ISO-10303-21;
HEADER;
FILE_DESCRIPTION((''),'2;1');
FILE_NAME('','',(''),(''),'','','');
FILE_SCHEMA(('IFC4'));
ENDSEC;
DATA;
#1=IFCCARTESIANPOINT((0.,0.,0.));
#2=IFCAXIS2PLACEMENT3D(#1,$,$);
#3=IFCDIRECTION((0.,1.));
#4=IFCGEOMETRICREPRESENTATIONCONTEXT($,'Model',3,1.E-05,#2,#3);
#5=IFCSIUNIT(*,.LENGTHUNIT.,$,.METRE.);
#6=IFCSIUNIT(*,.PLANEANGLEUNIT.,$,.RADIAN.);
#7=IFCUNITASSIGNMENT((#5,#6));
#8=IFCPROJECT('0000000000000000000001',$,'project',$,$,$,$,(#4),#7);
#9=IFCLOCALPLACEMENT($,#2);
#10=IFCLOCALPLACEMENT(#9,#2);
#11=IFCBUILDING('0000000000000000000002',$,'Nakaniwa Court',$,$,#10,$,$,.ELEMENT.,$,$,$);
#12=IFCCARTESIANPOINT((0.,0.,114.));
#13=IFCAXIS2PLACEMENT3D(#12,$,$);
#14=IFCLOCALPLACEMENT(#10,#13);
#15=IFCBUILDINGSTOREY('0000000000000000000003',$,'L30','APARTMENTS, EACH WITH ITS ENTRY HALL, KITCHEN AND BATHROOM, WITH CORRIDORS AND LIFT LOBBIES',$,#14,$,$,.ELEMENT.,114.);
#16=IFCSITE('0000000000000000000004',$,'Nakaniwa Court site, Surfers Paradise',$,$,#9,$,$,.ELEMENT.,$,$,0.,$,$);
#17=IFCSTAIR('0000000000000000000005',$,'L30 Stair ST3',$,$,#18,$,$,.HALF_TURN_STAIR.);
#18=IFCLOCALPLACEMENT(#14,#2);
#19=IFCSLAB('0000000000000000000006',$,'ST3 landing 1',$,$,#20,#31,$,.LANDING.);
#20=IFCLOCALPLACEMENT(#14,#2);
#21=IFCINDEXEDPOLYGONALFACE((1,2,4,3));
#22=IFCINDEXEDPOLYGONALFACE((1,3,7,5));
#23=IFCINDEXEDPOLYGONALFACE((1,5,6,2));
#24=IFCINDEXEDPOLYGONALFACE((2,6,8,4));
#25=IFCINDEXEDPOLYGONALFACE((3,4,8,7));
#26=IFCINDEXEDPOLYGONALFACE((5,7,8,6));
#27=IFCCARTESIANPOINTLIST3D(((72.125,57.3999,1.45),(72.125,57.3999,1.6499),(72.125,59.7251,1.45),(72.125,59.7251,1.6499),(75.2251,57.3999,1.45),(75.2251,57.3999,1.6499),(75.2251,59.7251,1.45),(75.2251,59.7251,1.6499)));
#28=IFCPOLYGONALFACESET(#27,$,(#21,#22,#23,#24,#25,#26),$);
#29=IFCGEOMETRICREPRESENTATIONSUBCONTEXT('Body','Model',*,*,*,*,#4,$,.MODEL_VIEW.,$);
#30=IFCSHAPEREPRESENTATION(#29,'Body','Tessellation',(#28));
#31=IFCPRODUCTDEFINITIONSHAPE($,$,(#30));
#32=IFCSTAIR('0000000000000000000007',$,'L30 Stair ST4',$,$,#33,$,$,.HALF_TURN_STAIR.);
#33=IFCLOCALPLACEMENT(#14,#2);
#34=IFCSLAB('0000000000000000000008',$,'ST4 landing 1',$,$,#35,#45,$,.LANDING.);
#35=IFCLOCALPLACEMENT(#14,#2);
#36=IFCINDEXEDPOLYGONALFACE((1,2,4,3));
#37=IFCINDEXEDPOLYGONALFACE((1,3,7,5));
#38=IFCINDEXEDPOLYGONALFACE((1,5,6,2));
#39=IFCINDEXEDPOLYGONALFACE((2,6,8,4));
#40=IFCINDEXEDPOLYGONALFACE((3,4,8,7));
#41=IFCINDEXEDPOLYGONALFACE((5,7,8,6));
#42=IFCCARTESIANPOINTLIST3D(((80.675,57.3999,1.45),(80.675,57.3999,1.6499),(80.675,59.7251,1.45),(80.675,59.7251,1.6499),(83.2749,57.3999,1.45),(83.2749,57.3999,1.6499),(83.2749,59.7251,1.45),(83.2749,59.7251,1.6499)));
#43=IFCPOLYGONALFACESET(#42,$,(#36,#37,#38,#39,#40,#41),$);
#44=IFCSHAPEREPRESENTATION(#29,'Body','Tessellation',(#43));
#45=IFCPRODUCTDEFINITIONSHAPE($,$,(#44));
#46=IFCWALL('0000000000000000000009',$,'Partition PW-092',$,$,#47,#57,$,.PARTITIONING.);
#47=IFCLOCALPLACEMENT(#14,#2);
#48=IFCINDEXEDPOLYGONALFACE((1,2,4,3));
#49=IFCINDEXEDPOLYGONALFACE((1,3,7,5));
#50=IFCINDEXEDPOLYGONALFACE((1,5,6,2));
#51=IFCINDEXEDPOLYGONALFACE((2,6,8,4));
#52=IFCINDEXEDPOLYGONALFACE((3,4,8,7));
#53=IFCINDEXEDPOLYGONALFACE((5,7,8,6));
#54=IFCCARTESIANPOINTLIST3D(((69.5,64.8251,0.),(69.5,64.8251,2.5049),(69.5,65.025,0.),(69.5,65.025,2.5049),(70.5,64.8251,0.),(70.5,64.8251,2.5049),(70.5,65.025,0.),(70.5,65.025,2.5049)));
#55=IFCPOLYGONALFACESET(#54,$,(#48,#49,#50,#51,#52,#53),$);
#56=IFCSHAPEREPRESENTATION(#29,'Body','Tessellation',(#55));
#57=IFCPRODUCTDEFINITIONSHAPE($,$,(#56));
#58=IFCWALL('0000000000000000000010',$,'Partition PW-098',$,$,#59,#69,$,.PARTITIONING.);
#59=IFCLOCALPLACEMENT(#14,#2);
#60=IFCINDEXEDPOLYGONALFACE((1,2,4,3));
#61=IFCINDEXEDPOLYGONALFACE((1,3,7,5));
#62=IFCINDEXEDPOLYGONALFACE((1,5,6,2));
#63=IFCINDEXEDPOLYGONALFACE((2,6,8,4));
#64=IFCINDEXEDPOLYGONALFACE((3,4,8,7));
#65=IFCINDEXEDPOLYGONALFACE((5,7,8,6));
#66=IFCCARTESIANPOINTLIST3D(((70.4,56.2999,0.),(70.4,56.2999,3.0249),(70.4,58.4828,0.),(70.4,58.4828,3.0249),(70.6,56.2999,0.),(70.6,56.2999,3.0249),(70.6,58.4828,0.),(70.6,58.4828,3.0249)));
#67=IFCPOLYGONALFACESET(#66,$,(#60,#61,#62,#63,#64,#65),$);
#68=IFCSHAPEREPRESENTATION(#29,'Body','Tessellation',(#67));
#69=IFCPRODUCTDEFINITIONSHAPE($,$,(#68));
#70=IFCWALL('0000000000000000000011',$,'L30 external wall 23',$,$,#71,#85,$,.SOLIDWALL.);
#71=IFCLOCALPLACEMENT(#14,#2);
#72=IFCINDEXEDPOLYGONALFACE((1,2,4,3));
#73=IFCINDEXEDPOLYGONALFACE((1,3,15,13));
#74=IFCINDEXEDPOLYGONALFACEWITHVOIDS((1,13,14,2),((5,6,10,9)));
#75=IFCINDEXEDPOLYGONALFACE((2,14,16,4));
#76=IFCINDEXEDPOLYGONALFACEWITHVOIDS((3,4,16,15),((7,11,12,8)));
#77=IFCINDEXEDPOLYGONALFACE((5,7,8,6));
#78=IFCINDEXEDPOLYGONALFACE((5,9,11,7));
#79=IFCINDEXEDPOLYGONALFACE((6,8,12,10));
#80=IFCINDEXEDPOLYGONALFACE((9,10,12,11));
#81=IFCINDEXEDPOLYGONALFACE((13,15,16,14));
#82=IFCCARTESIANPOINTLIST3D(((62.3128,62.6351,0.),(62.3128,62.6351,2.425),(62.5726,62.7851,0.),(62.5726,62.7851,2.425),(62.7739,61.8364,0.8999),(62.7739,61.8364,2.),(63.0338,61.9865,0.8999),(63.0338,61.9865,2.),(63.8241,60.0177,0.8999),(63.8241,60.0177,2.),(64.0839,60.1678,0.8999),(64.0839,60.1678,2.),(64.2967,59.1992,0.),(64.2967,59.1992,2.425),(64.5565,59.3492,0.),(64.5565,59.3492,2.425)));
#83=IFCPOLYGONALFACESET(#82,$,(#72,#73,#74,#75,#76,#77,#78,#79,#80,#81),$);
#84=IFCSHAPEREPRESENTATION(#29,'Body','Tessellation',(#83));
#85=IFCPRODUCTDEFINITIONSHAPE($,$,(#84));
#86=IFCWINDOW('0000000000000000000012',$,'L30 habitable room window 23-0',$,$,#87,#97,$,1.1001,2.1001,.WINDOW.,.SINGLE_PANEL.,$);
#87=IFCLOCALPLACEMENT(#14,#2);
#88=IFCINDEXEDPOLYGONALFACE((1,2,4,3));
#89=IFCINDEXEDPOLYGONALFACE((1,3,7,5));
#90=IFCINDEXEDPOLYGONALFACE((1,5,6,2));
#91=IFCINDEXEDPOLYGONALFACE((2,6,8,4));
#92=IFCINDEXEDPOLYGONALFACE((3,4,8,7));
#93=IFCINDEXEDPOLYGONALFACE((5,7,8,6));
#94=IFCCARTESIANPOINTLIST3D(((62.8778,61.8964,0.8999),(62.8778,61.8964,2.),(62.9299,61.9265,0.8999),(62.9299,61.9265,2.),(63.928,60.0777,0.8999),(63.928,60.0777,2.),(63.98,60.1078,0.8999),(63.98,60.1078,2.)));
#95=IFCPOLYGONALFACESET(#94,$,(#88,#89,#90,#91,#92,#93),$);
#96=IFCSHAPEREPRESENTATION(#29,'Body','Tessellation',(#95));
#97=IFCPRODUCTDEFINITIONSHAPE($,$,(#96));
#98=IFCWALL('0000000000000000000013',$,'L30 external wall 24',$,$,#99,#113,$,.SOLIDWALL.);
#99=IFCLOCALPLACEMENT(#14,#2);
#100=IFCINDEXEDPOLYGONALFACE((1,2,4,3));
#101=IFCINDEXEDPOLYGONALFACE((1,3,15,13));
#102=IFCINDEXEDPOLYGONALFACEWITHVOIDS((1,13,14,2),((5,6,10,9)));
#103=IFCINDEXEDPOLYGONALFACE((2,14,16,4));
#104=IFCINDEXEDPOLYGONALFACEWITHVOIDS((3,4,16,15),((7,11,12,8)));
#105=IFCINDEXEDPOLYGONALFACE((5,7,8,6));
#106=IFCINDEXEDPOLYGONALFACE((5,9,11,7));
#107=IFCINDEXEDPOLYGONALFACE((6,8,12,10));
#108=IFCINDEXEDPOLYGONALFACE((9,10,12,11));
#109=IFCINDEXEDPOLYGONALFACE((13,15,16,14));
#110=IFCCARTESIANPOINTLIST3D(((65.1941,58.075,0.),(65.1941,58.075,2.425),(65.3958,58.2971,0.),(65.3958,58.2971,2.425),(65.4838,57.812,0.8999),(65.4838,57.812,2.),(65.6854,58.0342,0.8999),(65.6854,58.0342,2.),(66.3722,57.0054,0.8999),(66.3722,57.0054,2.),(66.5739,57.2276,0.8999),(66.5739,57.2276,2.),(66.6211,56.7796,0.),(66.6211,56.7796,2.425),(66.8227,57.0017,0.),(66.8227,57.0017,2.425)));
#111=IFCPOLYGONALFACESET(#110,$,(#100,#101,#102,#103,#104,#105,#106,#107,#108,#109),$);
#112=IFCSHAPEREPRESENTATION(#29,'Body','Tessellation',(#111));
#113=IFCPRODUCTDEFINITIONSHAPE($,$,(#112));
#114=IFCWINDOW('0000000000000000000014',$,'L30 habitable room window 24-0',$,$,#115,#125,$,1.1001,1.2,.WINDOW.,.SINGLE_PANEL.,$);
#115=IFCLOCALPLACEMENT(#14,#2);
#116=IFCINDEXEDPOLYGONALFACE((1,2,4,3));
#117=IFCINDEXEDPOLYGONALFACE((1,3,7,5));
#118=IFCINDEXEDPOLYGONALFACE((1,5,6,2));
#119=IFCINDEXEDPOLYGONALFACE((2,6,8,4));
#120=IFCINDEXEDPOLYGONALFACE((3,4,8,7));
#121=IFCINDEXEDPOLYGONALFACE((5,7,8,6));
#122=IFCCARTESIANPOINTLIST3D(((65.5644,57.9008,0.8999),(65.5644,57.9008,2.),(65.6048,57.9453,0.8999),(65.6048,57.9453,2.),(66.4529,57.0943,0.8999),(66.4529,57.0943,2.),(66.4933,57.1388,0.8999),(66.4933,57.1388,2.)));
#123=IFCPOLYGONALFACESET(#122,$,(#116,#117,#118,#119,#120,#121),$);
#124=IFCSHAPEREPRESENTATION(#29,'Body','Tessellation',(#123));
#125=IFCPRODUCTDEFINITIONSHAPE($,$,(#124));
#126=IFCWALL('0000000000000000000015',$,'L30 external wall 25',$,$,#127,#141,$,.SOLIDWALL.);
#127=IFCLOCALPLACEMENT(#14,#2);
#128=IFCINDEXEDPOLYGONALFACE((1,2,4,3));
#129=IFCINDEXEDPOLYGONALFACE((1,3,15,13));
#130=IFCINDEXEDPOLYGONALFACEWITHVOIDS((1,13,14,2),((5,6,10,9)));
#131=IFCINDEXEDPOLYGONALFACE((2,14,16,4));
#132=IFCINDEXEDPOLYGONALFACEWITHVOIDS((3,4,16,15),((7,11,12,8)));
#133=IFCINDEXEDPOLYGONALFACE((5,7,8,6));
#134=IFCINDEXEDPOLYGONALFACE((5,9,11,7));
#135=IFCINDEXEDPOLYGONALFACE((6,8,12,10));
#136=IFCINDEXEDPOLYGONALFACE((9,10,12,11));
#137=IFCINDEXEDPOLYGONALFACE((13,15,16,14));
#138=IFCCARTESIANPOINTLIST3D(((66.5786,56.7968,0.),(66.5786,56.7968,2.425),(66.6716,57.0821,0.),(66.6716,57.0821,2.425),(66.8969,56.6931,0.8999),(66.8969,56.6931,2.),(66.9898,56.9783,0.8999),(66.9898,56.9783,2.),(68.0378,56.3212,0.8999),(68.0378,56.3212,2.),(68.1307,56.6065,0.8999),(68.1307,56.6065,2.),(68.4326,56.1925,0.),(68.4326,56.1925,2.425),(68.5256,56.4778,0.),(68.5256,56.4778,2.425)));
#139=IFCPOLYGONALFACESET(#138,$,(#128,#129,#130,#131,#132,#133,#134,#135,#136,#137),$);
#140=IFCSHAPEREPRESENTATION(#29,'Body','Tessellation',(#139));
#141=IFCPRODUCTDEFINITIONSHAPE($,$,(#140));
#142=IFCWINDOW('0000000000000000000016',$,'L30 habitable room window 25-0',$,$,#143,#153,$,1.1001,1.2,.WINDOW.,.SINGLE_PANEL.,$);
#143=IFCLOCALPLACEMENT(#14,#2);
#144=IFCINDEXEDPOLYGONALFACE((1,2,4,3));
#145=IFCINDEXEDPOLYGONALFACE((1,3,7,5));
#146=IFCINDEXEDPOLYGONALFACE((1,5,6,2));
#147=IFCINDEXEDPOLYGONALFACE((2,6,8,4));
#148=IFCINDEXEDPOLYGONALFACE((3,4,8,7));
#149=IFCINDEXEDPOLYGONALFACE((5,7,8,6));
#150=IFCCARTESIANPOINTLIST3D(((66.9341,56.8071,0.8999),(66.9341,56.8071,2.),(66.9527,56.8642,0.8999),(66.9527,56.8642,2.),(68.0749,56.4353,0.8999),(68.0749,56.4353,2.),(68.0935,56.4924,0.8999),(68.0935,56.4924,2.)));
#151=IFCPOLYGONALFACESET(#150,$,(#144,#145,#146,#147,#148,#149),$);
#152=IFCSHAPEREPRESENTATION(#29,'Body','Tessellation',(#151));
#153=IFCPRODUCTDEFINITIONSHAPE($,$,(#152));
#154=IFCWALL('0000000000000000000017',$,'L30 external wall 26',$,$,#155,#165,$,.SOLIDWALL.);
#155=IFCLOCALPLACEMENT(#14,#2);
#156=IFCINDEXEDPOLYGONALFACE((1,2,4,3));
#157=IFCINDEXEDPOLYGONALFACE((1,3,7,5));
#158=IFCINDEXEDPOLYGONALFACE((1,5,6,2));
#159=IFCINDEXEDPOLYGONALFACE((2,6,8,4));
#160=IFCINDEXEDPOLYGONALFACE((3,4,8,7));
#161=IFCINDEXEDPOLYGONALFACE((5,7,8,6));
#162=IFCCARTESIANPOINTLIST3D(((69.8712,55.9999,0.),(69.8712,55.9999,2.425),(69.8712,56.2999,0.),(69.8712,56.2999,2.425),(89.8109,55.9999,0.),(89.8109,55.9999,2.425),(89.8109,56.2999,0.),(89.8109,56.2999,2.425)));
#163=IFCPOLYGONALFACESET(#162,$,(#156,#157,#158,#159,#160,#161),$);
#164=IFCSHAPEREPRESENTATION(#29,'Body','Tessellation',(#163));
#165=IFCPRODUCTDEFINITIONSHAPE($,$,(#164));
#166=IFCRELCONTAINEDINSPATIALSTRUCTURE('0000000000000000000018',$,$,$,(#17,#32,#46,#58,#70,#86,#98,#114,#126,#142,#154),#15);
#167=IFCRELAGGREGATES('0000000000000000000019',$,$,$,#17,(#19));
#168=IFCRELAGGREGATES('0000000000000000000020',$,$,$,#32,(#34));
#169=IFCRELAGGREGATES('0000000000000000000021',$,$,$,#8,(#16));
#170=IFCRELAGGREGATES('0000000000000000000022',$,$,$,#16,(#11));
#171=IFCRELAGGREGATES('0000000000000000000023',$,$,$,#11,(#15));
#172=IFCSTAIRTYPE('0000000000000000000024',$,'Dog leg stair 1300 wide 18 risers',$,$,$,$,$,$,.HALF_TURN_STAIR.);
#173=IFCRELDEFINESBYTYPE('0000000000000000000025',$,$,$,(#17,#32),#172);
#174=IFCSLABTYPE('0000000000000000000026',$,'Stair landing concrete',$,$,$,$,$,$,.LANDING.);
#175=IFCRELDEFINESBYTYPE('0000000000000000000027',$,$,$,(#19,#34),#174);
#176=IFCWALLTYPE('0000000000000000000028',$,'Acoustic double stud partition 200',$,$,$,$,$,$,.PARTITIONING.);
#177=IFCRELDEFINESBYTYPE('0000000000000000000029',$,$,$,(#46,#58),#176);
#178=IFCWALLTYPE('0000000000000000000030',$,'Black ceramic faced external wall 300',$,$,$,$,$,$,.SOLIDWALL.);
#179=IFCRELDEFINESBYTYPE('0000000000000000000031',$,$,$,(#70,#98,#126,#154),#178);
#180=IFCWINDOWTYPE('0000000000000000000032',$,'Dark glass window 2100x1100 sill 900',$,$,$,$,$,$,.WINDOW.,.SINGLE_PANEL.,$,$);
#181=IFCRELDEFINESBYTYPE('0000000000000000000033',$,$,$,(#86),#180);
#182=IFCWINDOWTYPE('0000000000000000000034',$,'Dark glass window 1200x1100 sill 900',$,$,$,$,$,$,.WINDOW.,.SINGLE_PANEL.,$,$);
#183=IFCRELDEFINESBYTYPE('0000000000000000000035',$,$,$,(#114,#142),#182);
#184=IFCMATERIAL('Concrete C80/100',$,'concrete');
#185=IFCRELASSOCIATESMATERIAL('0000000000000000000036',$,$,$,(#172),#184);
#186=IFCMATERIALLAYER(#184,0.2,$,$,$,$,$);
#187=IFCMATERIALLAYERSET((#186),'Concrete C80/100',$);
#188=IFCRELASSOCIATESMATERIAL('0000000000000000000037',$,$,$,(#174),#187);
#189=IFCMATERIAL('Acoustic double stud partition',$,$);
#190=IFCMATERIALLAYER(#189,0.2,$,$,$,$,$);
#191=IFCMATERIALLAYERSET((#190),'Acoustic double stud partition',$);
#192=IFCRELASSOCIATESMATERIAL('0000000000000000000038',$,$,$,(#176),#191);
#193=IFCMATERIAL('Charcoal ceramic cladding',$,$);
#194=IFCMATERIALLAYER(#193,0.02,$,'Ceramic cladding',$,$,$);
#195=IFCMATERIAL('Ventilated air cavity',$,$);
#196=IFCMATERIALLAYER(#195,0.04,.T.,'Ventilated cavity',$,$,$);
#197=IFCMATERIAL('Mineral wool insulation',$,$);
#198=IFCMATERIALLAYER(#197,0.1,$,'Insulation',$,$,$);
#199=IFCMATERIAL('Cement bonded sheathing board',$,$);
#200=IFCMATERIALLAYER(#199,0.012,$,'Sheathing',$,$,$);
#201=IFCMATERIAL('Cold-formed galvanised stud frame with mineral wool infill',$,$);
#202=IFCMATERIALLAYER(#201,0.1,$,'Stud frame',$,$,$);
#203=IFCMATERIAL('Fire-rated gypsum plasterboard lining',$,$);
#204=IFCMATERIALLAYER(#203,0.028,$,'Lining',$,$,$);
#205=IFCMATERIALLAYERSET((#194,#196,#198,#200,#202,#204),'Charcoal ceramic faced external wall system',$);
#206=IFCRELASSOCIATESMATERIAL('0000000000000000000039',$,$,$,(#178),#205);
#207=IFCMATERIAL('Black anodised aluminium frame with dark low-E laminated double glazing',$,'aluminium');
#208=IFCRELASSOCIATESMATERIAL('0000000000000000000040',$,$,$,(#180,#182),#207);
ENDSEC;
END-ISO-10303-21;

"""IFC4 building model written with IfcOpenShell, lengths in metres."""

from ifc_helpers import new_model, si_unit, direction, frame, frame_2d, origin, place, context, subcontext, project, spatial, polyline, rectangle, outline, extrude, material, layer, layer_set, type_object, element, fill, aggregate, save


model = new_model("IFC4")

# Units and contexts
model_context = context("Model", 3, precision=1e-05, world=origin(), true_north=direction((0.0, 1.0)))
body_context = subcontext(model_context, "Body", "Model", "MODEL_VIEW")
ifc_project = project(units=[si_unit("LENGTHUNIT", "METRE"), si_unit("PLANEANGLEUNIT", "RADIAN")], contexts=[model_context])

# Site, building, storey
site_placement = place(None, origin())
site = spatial("IfcSite", under=ifc_project, at=site_placement, Name="Nakaniwa Court site, Surfers Paradise", CompositionType="ELEMENT", RefElevation=0.0)
building_placement = place(site_placement, origin())
building = spatial("IfcBuilding", under=site, at=building_placement, Name="Nakaniwa Court", CompositionType="ELEMENT")
storey_placement = place(building_placement, frame((0.0, 0.0, 114.0)))
storey = spatial("IfcBuildingStorey", under=building, at=storey_placement, Name="L30", Description="APARTMENTS, EACH WITH ITS ENTRY HALL, KITCHEN AND BATHROOM, WITH CORRIDORS AND LIFT LOBBIES", CompositionType="ELEMENT", Elevation=114.0)

# Shared definitions
ifc_material_1 = material(Name="Concrete C80/100", Category="concrete")

# Stairs, slabs
stair_type = type_object("IfcStairType", Name="Dog leg stair 1300 wide 18 risers", PredefinedType="HALF_TURN_STAIR", material=ifc_material_1)
ifc_layer_1 = layer(ifc_material_1, 0.2)
ifc_layer_set_1 = layer_set([ifc_layer_1], Name="Concrete C80/100")
slab_type_1 = type_object("IfcSlabType", Name="Stair landing concrete", PredefinedType="LANDING", material=ifc_layer_set_1)
stair_1_placement = place(storey_placement, origin())
stair_1 = element("IfcStair", 1, at=stair_1_placement, inside=storey, type_object=stair_type, Name="L30 Stair ST3", PredefinedType="HALF_TURN_STAIR")
slab_1_placement = place(storey_placement, frame((0.0, 0.0, 1.45)))
slab_1 = element("IfcSlab", 2, at=slab_1_placement, type_object=slab_type_1, Name="ST3 landing 1", PredefinedType="LANDING", context=body_context, shape_type="SweptSolid", body=[
    extrude(outline(polyline([(75.2251, 57.3999), (75.2251, 59.7251), (72.125, 59.7251), (72.125, 57.3999), (75.2251, 57.3999)])), origin(), (0.0, 0.0, 1.0), 0.2),
])
aggregate(stair_1, [slab_1])
stair_2_placement = place(storey_placement, origin())
stair_2 = element("IfcStair", 3, at=stair_2_placement, inside=storey, type_object=stair_type, Name="L30 Stair ST4", PredefinedType="HALF_TURN_STAIR")
slab_2_placement = place(storey_placement, frame((0.0, 0.0, 1.45)))
slab_2 = element("IfcSlab", 4, at=slab_2_placement, type_object=slab_type_1, Name="ST4 landing 1", PredefinedType="LANDING", context=body_context, shape_type="SweptSolid", body=[
    extrude(outline(polyline([(83.2749, 57.3999), (83.2749, 59.7251), (80.675, 59.7251), (80.675, 57.3999), (83.2749, 57.3999)])), origin(), (0.0, 0.0, 1.0), 0.2),
])
aggregate(stair_2, [slab_2])

# Walls
ifc_material_2 = material(Name="Acoustic double stud partition")
ifc_layer_2 = layer(ifc_material_2, 0.2)
ifc_layer_set_2 = layer_set([ifc_layer_2], Name="Acoustic double stud partition")
wall_type_1 = type_object("IfcWallType", Name="Acoustic double stud partition 200", PredefinedType="PARTITIONING", material=ifc_layer_set_2)
wall_1_placement = place(storey_placement, frame((69.5, 64.925, 0.0), z_axis=(0.0, 0.0, 1.0), x_axis=(1.0, 0.0, 0.0)))
element("IfcWall", 5, at=wall_1_placement, inside=storey, type_object=wall_type_1, Name="Partition PW-092", PredefinedType="PARTITIONING", context=body_context, shape_type="SweptSolid", body=[
    extrude(rectangle(XDim=1.0, YDim=0.2, at=frame_2d((0.5, 0.0))), origin(), (0.0, 0.0, 1.0), 2.5049),
])
wall_2_placement = place(storey_placement, frame((70.5, 56.3, 0.0), z_axis=(0.0, 0.0, 1.0), x_axis=(0.0, 1.0, 0.0)))
element("IfcWall", 6, at=wall_2_placement, inside=storey, type_object=wall_type_1, Name="Partition PW-098", PredefinedType="PARTITIONING", context=body_context, shape_type="SweptSolid", body=[
    extrude(rectangle(XDim=2.1829, YDim=0.2, at=frame_2d((1.0913, 0.0))), origin(), (0.0, 0.0, 1.0), 3.0249),
])

# Walls, openings, windows
ifc_material_3 = material(Name="Charcoal ceramic cladding")
ifc_layer_3 = layer(ifc_material_3, 0.02, Name="Ceramic cladding")
ifc_material_4 = material(Name="Ventilated air cavity")
ifc_layer_4 = layer(ifc_material_4, 0.04, ventilated=True, Name="Ventilated cavity")
ifc_material_5 = material(Name="Mineral wool insulation")
ifc_layer_5 = layer(ifc_material_5, 0.1, Name="Insulation")
ifc_material_6 = material(Name="Cement bonded sheathing board")
ifc_layer_6 = layer(ifc_material_6, 0.012, Name="Sheathing")
ifc_material_7 = material(Name="Cold-formed galvanised stud frame with mineral wool infill")
ifc_layer_7 = layer(ifc_material_7, 0.1, Name="Stud frame")
ifc_material_8 = material(Name="Fire-rated gypsum plasterboard lining")
ifc_layer_8 = layer(ifc_material_8, 0.028, Name="Lining")
ifc_layer_set_3 = layer_set([ifc_layer_3, ifc_layer_4, ifc_layer_5, ifc_layer_6, ifc_layer_7, ifc_layer_8], Name="Charcoal ceramic faced external wall system")
wall_type_2 = type_object("IfcWallType", Name="Black ceramic faced external wall 300", PredefinedType="SOLIDWALL", material=ifc_layer_set_3)
wall_3_placement = place(storey_placement, frame((62.4426, 62.7102, 0.0), z_axis=(0.0, 0.0, 1.0), x_axis=(0.500044, -0.866, 0.0)))
wall_3 = element("IfcWall", 7, at=wall_3_placement, inside=storey, type_object=wall_type_2, Name="L30 external wall 23", PredefinedType="SOLIDWALL", context=body_context, shape_type="SweptSolid", body=[
    extrude(rectangle(XDim=3.9675, YDim=0.3, at=frame_2d((1.9839, 0.0))), origin(), (0.0, 0.0, 1.0), 2.425),
])
opening_1_placement = place(wall_3_placement, frame((0.9224, 0.0, 0.8999)))
opening_1 = element("IfcOpeningElement", 8, at=opening_1_placement, cuts=wall_3, PredefinedType="OPENING", context=body_context, shape_type="SweptSolid", body=[
    extrude(rectangle(XDim=2.1001, YDim=1.1001, at=frame_2d((1.05, 0.55))), frame((0.0, 0.1599, 0.0), z_axis=(0.0, -1.0, 0.0), x_axis=(1.0, 0.0, 0.0)), (0.0, 0.0, 1.0), 0.3201),
])
ifc_material_9 = material(Name="Black anodised aluminium frame with dark low-E laminated double glazing", Category="aluminium")
window_type_1 = type_object("IfcWindowType", Name="Dark glass window 2100x1100 sill 900", PartitioningType="SINGLE_PANEL", PredefinedType="WINDOW", material=ifc_material_9)
window_1_placement = place(opening_1_placement, origin())
window_1 = element("IfcWindow", 9, at=window_1_placement, inside=storey, type_object=window_type_1, Name="L30 habitable room window 23-0", OverallHeight=1.1001, OverallWidth=2.1001, PartitioningType="SINGLE_PANEL", PredefinedType="WINDOW", context=body_context, shape_type="SweptSolid", body=[
    extrude(rectangle(XDim=2.1001, YDim=1.1001, at=frame_2d((1.05, 0.55))), frame((0.0, 0.03, 0.0), z_axis=(0.0, -1.0, 0.0), x_axis=(1.0, 0.0, 0.0)), (0.0, 0.0, 1.0), 0.0601),
])
fill(opening_1, window_1)
wall_4_placement = place(storey_placement, frame((65.2949, 58.186, 0.0), z_axis=(0.0, 0.0, 1.0), x_axis=(0.740421, -0.672143, 0.0)))
wall_4 = element("IfcWall", 10, at=wall_4_placement, inside=storey, type_object=wall_type_2, Name="L30 external wall 24", PredefinedType="SOLIDWALL", context=body_context, shape_type="SweptSolid", body=[
    extrude(rectangle(XDim=1.9272, YDim=0.3, at=frame_2d((0.9636, 0.0))), origin(), (0.0, 0.0, 1.0), 2.425),
])
opening_2_placement = place(wall_4_placement, frame((0.3911, 0.0, 0.8999)))
opening_2 = element("IfcOpeningElement", 11, at=opening_2_placement, cuts=wall_4, PredefinedType="OPENING", context=body_context, shape_type="SweptSolid", body=[
    extrude(rectangle(XDim=1.2, YDim=1.1001, at=frame_2d((0.6001, 0.55))), frame((0.0, 0.1599, 0.0), z_axis=(0.0, -1.0, 0.0), x_axis=(1.0, 0.0, 0.0)), (0.0, 0.0, 1.0), 0.3201),
])
window_type_2 = type_object("IfcWindowType", Name="Dark glass window 1200x1100 sill 900", PartitioningType="SINGLE_PANEL", PredefinedType="WINDOW", material=ifc_material_9)
window_2_placement = place(opening_2_placement, origin())
window_2 = element("IfcWindow", 12, at=window_2_placement, inside=storey, type_object=window_type_2, Name="L30 habitable room window 24-0", OverallHeight=1.1001, OverallWidth=1.2, PartitioningType="SINGLE_PANEL", PredefinedType="WINDOW", context=body_context, shape_type="SweptSolid", body=[
    extrude(rectangle(XDim=1.2, YDim=1.1001, at=frame_2d((0.6001, 0.55))), frame((0.0, 0.03, 0.0), z_axis=(0.0, -1.0, 0.0), x_axis=(1.0, 0.0, 0.0)), (0.0, 0.0, 1.0), 0.0601),
])
fill(opening_2, window_2)
wall_5_placement = place(storey_placement, frame((66.625, 56.9395, 0.0), z_axis=(0.0, 0.0, 1.0), x_axis=(0.950778, -0.309873, 0.0)))
wall_5 = element("IfcWall", 13, at=wall_5_placement, inside=storey, type_object=wall_type_2, Name="L30 external wall 25", PredefinedType="SOLIDWALL", context=body_context, shape_type="SweptSolid", body=[
    extrude(rectangle(XDim=1.95, YDim=0.3, at=frame_2d((0.9751, 0.0))), origin(), (0.0, 0.0, 1.0), 2.425),
])
opening_3_placement = place(wall_5_placement, frame((0.3347, 0.0, 0.8999)))
opening_3 = element("IfcOpeningElement", 14, at=opening_3_placement, cuts=wall_5, PredefinedType="OPENING", context=body_context, shape_type="SweptSolid", body=[
    extrude(rectangle(XDim=1.2, YDim=1.1001, at=frame_2d((0.6001, 0.55))), frame((0.0, 0.1599, 0.0), z_axis=(0.0, -1.0, 0.0), x_axis=(1.0, 0.0, 0.0)), (0.0, 0.0, 1.0), 0.3201),
])
window_3_placement = place(opening_3_placement, origin())
window_3 = element("IfcWindow", 15, at=window_3_placement, inside=storey, type_object=window_type_2, Name="L30 habitable room window 25-0", OverallHeight=1.1001, OverallWidth=1.2, PartitioningType="SINGLE_PANEL", PredefinedType="WINDOW", context=body_context, shape_type="SweptSolid", body=[
    extrude(rectangle(XDim=1.2, YDim=1.1001, at=frame_2d((0.6001, 0.55))), frame((0.0, 0.03, 0.0), z_axis=(0.0, -1.0, 0.0), x_axis=(1.0, 0.0, 0.0)), (0.0, 0.0, 1.0), 0.0601),
])
fill(opening_3, window_3)

# Wall
wall_6_placement = place(storey_placement, frame((69.8713, 56.1499, 0.0), z_axis=(0.0, 0.0, 1.0), x_axis=(1.0, 0.0, 0.0)))
element("IfcWall", 16, at=wall_6_placement, inside=storey, type_object=wall_type_2, Name="L30 external wall 26", PredefinedType="SOLIDWALL", context=body_context, shape_type="SweptSolid", body=[
    extrude(rectangle(XDim=19.9397, YDim=0.3, at=frame_2d((9.9697, 0.0))), origin(), (0.0, 0.0, 1.0), 2.425),
])

save(model, "model.ifc")
